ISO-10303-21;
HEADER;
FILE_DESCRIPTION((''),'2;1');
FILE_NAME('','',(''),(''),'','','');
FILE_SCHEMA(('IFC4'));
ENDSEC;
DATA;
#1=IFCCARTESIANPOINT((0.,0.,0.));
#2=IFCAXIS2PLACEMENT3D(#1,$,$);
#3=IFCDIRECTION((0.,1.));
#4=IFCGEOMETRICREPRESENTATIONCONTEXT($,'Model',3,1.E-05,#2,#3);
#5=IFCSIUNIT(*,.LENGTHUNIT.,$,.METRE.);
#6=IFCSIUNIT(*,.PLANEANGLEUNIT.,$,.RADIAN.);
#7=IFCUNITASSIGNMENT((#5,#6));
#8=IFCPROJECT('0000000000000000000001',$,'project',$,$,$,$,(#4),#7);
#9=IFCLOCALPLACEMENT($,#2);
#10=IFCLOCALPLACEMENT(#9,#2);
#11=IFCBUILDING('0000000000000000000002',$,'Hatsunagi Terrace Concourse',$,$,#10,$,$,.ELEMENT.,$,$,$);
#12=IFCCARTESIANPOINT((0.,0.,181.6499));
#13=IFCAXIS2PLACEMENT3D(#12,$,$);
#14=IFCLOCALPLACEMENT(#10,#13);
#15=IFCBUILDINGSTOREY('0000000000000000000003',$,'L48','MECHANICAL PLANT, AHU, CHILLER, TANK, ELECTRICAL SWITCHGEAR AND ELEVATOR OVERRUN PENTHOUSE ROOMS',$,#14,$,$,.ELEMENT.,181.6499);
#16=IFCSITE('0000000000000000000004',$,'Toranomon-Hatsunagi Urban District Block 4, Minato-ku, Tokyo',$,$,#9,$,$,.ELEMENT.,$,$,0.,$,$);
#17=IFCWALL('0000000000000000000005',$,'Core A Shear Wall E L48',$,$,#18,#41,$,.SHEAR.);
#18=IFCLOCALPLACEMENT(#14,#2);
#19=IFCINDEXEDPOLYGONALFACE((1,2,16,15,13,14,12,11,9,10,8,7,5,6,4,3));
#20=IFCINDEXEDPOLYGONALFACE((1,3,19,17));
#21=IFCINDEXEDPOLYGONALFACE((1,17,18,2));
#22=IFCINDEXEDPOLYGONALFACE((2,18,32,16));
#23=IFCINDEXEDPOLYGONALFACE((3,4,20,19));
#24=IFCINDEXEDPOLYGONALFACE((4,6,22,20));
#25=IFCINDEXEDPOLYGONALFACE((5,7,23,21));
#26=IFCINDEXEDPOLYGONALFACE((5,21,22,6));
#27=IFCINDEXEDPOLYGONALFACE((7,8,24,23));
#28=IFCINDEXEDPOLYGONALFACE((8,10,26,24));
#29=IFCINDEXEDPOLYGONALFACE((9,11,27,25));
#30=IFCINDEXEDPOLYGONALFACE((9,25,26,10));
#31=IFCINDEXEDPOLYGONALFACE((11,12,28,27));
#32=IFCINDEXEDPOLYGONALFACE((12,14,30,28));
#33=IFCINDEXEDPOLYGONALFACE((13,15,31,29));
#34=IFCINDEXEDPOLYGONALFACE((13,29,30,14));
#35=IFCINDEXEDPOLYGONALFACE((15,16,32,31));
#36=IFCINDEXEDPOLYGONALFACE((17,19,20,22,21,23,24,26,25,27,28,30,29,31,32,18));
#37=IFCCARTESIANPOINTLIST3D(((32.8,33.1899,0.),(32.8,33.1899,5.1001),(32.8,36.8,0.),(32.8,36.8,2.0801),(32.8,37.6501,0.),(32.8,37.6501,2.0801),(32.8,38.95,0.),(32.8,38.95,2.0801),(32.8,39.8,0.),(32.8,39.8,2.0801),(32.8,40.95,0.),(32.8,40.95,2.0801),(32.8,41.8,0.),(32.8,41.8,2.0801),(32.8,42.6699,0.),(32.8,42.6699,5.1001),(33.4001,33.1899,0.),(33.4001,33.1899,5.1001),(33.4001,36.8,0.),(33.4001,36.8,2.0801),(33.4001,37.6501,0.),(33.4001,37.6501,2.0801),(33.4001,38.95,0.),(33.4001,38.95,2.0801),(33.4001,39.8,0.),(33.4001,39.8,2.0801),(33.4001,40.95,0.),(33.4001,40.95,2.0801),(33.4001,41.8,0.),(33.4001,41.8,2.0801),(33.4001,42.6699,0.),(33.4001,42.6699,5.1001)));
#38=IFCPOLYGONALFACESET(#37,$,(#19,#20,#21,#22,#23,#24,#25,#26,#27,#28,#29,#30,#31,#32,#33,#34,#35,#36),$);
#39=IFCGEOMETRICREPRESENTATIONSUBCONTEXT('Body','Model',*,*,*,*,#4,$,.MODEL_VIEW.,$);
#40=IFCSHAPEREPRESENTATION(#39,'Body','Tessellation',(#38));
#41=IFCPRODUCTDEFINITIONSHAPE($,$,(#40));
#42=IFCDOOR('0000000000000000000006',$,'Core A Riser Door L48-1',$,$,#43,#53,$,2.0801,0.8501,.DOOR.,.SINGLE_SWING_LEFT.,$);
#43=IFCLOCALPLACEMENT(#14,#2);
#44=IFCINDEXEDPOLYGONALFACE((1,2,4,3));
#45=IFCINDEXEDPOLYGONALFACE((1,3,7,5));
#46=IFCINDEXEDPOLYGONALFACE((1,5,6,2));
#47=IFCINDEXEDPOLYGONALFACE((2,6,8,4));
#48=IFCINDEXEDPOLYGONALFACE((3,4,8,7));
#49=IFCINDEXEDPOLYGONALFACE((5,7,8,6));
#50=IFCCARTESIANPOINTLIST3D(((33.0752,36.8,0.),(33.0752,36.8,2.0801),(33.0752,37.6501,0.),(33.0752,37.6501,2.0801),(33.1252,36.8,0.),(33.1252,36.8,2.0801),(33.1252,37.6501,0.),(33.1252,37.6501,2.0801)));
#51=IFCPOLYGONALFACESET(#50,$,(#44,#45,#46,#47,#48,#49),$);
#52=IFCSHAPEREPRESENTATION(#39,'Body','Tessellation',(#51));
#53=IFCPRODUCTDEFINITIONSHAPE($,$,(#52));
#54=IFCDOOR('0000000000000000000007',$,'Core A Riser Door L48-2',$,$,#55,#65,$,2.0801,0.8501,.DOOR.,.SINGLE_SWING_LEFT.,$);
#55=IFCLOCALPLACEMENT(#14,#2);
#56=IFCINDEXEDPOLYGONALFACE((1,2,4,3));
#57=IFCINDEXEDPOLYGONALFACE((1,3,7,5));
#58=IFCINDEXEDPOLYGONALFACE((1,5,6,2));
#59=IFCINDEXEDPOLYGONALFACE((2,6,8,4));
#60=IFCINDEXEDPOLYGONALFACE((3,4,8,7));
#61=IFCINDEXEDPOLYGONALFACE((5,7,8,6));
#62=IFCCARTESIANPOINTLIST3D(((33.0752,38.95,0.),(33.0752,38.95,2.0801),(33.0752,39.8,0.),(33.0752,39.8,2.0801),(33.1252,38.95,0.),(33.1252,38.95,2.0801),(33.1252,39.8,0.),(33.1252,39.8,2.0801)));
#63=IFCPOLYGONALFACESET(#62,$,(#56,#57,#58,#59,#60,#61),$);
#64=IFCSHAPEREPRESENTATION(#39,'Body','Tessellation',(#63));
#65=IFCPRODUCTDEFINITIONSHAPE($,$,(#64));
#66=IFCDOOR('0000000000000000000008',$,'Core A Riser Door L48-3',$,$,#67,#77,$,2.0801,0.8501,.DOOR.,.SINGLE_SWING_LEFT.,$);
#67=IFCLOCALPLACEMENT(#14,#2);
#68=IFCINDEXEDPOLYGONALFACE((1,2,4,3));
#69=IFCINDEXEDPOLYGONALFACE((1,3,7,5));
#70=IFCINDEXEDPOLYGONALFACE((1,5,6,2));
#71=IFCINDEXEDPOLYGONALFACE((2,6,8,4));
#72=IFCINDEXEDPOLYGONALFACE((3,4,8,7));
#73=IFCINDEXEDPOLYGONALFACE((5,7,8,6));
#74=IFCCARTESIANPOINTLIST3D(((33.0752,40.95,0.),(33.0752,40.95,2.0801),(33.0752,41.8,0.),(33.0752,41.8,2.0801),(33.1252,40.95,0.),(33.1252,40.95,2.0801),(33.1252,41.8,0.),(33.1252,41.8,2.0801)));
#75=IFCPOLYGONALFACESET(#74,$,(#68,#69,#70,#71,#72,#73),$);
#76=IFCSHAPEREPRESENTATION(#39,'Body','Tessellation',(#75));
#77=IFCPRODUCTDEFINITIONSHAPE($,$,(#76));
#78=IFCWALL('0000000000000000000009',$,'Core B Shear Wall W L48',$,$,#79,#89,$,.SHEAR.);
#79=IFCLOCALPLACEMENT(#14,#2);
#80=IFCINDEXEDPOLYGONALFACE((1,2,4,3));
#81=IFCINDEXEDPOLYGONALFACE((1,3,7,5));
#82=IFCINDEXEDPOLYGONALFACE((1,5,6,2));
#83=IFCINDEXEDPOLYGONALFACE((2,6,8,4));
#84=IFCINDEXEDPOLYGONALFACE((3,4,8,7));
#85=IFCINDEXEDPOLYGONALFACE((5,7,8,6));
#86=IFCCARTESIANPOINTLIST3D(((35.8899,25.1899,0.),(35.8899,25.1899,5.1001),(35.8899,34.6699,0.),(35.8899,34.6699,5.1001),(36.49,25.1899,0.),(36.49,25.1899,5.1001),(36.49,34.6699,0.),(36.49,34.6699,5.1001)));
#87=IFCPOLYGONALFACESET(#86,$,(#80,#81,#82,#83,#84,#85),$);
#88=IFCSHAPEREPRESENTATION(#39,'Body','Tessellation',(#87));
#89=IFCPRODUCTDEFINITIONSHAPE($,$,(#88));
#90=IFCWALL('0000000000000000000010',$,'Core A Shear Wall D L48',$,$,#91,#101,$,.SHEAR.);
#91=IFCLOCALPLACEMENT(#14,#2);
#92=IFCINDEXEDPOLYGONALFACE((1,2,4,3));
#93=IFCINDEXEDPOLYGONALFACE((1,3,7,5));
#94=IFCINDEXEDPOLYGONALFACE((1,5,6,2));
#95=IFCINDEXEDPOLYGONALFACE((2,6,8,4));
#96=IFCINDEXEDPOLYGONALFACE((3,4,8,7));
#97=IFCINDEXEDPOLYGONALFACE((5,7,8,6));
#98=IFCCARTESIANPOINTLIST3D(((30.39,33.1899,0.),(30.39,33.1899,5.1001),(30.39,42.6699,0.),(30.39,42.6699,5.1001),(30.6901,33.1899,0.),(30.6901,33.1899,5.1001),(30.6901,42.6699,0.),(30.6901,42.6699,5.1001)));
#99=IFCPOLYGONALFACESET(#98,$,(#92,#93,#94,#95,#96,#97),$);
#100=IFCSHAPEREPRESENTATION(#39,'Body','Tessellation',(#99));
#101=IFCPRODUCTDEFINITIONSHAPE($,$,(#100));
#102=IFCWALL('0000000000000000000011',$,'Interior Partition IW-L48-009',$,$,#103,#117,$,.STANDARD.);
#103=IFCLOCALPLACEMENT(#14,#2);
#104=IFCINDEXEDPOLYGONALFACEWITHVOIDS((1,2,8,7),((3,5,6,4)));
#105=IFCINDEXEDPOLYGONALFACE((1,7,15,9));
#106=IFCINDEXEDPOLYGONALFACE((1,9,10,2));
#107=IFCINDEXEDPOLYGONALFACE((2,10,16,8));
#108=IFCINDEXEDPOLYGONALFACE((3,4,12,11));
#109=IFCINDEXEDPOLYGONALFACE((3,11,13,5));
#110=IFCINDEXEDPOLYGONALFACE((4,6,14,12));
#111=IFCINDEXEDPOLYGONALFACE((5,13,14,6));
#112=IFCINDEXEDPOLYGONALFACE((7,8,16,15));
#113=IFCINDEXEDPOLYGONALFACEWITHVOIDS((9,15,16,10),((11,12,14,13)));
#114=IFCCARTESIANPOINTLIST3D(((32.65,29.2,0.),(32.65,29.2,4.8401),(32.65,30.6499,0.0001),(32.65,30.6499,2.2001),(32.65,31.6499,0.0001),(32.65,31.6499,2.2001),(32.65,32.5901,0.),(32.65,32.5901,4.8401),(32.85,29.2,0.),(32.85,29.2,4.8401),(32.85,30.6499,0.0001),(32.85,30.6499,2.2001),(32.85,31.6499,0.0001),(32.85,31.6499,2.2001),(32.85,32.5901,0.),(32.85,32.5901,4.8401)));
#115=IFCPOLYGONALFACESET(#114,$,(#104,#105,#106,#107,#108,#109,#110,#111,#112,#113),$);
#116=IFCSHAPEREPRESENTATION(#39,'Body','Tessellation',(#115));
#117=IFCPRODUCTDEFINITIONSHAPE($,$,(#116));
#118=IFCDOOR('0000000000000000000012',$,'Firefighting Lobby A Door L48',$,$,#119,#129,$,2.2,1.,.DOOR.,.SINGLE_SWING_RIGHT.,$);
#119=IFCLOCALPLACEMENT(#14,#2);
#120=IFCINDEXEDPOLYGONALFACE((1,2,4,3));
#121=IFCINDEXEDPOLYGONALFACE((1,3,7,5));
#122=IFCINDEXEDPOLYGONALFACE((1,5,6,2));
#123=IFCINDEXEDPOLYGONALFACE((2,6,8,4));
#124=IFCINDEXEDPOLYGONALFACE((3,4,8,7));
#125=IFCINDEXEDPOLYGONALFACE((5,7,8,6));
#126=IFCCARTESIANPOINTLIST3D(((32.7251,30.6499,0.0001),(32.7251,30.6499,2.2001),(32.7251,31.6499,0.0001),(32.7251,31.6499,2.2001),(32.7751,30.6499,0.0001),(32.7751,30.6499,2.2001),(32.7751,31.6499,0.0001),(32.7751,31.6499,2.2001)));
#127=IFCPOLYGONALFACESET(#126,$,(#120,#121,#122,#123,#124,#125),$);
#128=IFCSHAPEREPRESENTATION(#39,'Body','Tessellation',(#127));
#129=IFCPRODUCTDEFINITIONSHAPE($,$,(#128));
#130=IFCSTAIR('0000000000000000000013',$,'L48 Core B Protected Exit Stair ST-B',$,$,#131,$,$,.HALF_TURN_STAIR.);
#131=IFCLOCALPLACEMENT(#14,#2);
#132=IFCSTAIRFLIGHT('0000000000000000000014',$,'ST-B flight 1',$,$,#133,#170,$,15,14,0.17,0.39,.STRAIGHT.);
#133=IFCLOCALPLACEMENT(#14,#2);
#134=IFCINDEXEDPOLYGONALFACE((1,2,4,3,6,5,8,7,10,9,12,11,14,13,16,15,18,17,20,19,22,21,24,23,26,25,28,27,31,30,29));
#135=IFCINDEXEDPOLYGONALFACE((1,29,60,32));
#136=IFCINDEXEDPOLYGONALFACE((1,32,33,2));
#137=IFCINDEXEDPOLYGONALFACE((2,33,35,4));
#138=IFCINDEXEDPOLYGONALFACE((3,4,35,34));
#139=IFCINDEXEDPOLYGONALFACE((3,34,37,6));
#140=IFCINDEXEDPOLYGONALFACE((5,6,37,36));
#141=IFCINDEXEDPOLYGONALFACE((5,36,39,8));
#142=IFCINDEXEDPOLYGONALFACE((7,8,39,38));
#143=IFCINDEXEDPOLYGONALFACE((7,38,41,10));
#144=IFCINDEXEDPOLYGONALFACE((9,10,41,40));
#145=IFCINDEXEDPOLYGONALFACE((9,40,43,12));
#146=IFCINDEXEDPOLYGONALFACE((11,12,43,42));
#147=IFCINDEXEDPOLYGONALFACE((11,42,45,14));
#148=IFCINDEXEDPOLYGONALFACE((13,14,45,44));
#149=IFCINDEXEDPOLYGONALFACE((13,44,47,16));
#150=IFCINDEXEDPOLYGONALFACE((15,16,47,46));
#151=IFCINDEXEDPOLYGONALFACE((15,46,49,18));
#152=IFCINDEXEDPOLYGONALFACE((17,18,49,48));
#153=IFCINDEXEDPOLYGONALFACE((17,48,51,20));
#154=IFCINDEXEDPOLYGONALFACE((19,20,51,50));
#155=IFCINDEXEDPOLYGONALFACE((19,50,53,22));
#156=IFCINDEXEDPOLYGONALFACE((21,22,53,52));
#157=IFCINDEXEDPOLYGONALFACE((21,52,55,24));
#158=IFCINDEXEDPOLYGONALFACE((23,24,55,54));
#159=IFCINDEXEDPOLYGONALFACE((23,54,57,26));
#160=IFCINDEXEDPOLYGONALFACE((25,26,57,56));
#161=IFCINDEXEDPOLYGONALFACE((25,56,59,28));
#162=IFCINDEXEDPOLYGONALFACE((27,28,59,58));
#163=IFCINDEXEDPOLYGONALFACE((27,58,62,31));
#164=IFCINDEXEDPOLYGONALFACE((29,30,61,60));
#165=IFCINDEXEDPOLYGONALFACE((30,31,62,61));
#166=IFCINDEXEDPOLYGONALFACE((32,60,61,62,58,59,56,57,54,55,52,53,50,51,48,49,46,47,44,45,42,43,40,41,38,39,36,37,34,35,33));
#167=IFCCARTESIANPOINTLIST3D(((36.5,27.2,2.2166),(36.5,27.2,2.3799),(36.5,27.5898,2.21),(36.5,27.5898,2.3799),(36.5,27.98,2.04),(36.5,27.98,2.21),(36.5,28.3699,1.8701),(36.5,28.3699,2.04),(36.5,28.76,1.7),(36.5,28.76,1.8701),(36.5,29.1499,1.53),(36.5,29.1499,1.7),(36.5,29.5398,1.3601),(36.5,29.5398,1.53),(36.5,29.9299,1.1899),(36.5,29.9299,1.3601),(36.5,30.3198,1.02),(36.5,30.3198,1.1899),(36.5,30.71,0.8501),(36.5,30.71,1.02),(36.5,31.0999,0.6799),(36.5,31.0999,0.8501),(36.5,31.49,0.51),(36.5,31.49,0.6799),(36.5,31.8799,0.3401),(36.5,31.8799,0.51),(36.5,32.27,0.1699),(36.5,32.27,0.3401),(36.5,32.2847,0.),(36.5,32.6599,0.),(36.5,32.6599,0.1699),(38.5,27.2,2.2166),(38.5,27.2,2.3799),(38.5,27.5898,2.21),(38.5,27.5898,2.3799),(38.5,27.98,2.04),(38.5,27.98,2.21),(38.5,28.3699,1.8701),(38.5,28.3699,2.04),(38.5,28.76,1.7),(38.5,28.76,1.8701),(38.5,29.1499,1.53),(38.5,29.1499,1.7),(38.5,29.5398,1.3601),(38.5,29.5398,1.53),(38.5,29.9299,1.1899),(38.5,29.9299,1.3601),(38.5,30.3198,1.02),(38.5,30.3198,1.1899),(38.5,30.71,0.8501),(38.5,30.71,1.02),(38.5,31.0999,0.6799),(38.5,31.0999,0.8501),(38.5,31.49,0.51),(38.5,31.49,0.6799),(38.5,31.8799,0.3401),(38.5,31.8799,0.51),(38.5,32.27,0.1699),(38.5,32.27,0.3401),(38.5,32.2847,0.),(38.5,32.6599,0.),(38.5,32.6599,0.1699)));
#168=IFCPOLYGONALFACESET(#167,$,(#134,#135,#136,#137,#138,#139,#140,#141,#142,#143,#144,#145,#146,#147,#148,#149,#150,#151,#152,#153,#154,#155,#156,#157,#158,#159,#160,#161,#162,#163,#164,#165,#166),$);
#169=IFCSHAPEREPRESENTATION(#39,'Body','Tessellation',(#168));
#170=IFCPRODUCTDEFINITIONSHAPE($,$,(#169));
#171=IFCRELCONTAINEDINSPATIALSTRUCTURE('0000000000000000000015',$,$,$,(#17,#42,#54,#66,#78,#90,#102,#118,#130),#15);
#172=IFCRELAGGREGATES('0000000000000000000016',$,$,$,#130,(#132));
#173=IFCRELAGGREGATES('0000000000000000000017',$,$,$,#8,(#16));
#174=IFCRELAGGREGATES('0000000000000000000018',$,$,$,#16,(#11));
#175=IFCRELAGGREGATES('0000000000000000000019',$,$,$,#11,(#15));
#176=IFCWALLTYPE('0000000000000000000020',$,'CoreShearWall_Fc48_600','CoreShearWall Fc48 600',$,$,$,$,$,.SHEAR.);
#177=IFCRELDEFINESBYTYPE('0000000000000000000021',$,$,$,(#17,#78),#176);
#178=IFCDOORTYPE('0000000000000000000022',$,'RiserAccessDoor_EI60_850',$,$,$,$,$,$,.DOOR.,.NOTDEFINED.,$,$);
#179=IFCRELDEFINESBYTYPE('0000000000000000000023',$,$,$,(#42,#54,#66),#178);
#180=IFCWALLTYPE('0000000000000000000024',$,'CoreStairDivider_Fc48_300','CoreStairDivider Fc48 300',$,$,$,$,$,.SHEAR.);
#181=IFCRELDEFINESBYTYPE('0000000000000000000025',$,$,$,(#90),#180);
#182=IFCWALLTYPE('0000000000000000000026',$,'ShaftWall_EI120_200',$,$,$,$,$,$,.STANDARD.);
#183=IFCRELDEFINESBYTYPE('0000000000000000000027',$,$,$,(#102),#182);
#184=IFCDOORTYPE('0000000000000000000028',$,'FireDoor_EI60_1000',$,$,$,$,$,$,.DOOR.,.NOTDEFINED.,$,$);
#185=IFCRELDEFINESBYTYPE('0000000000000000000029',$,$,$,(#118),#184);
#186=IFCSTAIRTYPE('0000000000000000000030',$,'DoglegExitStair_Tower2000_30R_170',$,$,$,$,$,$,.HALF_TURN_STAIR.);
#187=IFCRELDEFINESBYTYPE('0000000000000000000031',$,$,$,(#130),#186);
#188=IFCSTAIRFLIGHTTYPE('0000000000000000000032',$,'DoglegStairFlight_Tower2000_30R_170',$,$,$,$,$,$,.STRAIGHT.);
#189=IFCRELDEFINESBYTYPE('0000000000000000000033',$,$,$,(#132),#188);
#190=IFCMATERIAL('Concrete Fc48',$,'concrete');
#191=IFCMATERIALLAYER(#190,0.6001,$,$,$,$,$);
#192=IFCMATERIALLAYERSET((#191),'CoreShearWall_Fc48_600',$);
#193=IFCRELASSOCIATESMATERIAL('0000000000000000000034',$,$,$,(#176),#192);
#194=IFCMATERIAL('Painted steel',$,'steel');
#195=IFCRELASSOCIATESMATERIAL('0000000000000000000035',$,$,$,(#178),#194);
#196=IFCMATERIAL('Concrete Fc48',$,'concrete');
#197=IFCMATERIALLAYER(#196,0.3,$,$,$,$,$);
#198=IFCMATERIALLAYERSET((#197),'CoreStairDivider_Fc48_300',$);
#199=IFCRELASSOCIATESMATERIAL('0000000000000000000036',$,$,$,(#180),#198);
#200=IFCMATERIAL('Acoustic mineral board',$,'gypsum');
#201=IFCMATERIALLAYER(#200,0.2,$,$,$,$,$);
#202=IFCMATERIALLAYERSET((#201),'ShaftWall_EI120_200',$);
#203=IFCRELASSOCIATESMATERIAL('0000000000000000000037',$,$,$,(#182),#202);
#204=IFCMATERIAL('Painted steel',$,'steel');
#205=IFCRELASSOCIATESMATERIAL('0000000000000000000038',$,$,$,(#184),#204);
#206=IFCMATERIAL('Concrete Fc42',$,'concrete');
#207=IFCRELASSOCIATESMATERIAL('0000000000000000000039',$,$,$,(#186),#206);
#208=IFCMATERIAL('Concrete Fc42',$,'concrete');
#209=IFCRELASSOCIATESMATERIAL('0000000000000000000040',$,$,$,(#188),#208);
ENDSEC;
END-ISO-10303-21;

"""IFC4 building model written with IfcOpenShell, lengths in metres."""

from ifc_helpers import new_model, si_unit, direction, frame, frame_2d, origin, place, context, subcontext, project, spatial, polyline, rectangle, outline, extrude, material, layer, layer_set, type_object, element, fill, aggregate, save


model = new_model("IFC4")

# Units and contexts
model_context = context("Model", 3, precision=1e-05, world=origin(), true_north=direction((0.0, 1.0)))
body_context = subcontext(model_context, "Body", "Model", "MODEL_VIEW")
ifc_project = project(units=[si_unit("LENGTHUNIT", "METRE"), si_unit("PLANEANGLEUNIT", "RADIAN")], contexts=[model_context])

# Site, building, storey
site_placement = place(None, origin())
site = spatial("IfcSite", under=ifc_project, at=site_placement, Name="Toranomon-Hatsunagi Urban District Block 4, Minato-ku, Tokyo", CompositionType="ELEMENT", RefElevation=0.0)
building_placement = place(site_placement, origin())
building = spatial("IfcBuilding", under=site, at=building_placement, Name="Hatsunagi Terrace Concourse", CompositionType="ELEMENT")
storey_placement = place(building_placement, frame((0.0, 0.0, 181.6499)))
storey = spatial("IfcBuildingStorey", under=building, at=storey_placement, Name="L48", Description="MECHANICAL PLANT, AHU, CHILLER, TANK, ELECTRICAL SWITCHGEAR AND ELEVATOR OVERRUN PENTHOUSE ROOMS", CompositionType="ELEMENT", Elevation=181.6499)

# Wall, openings, doors
ifc_material_1 = material(Name="Concrete Fc48", Category="concrete")
ifc_layer_1 = layer(ifc_material_1, 0.6001)
ifc_layer_set_1 = layer_set([ifc_layer_1], Name="CoreShearWall_Fc48_600")
wall_type_1 = type_object("IfcWallType", Name="CoreShearWall_Fc48_600", Description="CoreShearWall Fc48 600", PredefinedType="SHEAR", material=ifc_layer_set_1)
wall_1_placement = place(storey_placement, frame((33.1001, 33.1899, 0.0), z_axis=(0.0, 0.0, 1.0), x_axis=(0.0, 1.0, 0.0)))
wall_1 = element("IfcWall", 1, at=wall_1_placement, inside=storey, type_object=wall_type_1, Name="Core A Shear Wall E L48", PredefinedType="SHEAR", context=body_context, shape_type="SweptSolid", body=[
    extrude(rectangle(XDim=9.48, YDim=0.6001, at=frame_2d((4.74, 0.0))), origin(), (0.0, 0.0, 1.0), 5.1001),
])
opening_1_placement = place(wall_1_placement, frame((3.6101, 0.0, 0.0)))
opening_1 = element("IfcOpeningElement", 2, at=opening_1_placement, cuts=wall_1, PredefinedType="OPENING", context=body_context, shape_type="SweptSolid", body=[
    extrude(rectangle(XDim=0.8501, YDim=2.0801, at=frame_2d((0.425, 1.04))), frame((0.0, 0.3101, 0.0), z_axis=(0.0, -1.0, 0.0), x_axis=(1.0, 0.0, 0.0)), (0.0, 0.0, 1.0), 0.6201),
])
opening_2_placement = place(wall_1_placement, frame((5.76, 0.0, 0.0)))
opening_2 = element("IfcOpeningElement", 3, at=opening_2_placement, cuts=wall_1, PredefinedType="OPENING", context=body_context, shape_type="SweptSolid", body=[
    extrude(rectangle(XDim=0.8501, YDim=2.0801, at=frame_2d((0.425, 1.04))), frame((0.0, 0.3101, 0.0), z_axis=(0.0, -1.0, 0.0), x_axis=(1.0, 0.0, 0.0)), (0.0, 0.0, 1.0), 0.6201),
])
opening_3_placement = place(wall_1_placement, frame((7.76, 0.0, 0.0)))
opening_3 = element("IfcOpeningElement", 4, at=opening_3_placement, cuts=wall_1, PredefinedType="OPENING", context=body_context, shape_type="SweptSolid", body=[
    extrude(rectangle(XDim=0.8501, YDim=2.0801, at=frame_2d((0.425, 1.04))), frame((0.0, 0.3101, 0.0), z_axis=(0.0, -1.0, 0.0), x_axis=(1.0, 0.0, 0.0)), (0.0, 0.0, 1.0), 0.6201),
])
ifc_material_2 = material(Name="Painted steel", Category="steel")
door_type_1 = type_object("IfcDoorType", Name="RiserAccessDoor_EI60_850", OperationType="NOTDEFINED", PredefinedType="DOOR", material=ifc_material_2)
door_1_placement = place(opening_1_placement, origin())
door_1 = element("IfcDoor", 5, at=door_1_placement, inside=storey, type_object=door_type_1, Name="Core A Riser Door L48-1", OperationType="SINGLE_SWING_LEFT", OverallHeight=2.0801, OverallWidth=0.8501, PredefinedType="DOOR", context=body_context, shape_type="SweptSolid", body=[
    extrude(rectangle(XDim=0.8501, YDim=2.0801, at=frame_2d((0.425, 1.04))), frame((0.0, 0.0249, 0.0), z_axis=(0.0, -1.0, 0.0), x_axis=(1.0, 0.0, 0.0)), (0.0, 0.0, 1.0), 0.05),
])
fill(opening_1, door_1)
door_2_placement = place(opening_2_placement, origin())
door_2 = element("IfcDoor", 6, at=door_2_placement, inside=storey, type_object=door_type_1, Name="Core A Riser Door L48-2", OperationType="SINGLE_SWING_LEFT", OverallHeight=2.0801, OverallWidth=0.8501, PredefinedType="DOOR", context=body_context, shape_type="SweptSolid", body=[
    extrude(rectangle(XDim=0.8501, YDim=2.0801, at=frame_2d((0.425, 1.04))), frame((0.0, 0.0249, 0.0), z_axis=(0.0, -1.0, 0.0), x_axis=(1.0, 0.0, 0.0)), (0.0, 0.0, 1.0), 0.05),
])
fill(opening_2, door_2)
door_3_placement = place(opening_3_placement, origin())
door_3 = element("IfcDoor", 7, at=door_3_placement, inside=storey, type_object=door_type_1, Name="Core A Riser Door L48-3", OperationType="SINGLE_SWING_LEFT", OverallHeight=2.0801, OverallWidth=0.8501, PredefinedType="DOOR", context=body_context, shape_type="SweptSolid", body=[
    extrude(rectangle(XDim=0.8501, YDim=2.0801, at=frame_2d((0.425, 1.04))), frame((0.0, 0.0249, 0.0), z_axis=(0.0, -1.0, 0.0), x_axis=(1.0, 0.0, 0.0)), (0.0, 0.0, 1.0), 0.05),
])
fill(opening_3, door_3)

# Walls
wall_2_placement = place(storey_placement, frame((36.1899, 25.1899, 0.0), z_axis=(0.0, 0.0, 1.0), x_axis=(0.0, 1.0, 0.0)))
element("IfcWall", 8, at=wall_2_placement, inside=storey, type_object=wall_type_1, Name="Core B Shear Wall W L48", PredefinedType="SHEAR", context=body_context, shape_type="SweptSolid", body=[
    extrude(rectangle(XDim=9.48, YDim=0.6001, at=frame_2d((4.74, 0.0))), origin(), (0.0, 0.0, 1.0), 5.1001),
])
ifc_material_3 = material(Name="Concrete Fc48", Category="concrete")
ifc_layer_2 = layer(ifc_material_3, 0.3)
ifc_layer_set_2 = layer_set([ifc_layer_2], Name="CoreStairDivider_Fc48_300")
wall_type_2 = type_object("IfcWallType", Name="CoreStairDivider_Fc48_300", Description="CoreStairDivider Fc48 300", PredefinedType="SHEAR", material=ifc_layer_set_2)
wall_3_placement = place(storey_placement, frame((30.54, 33.1899, 0.0), z_axis=(0.0, 0.0, 1.0), x_axis=(0.0, 1.0, 0.0)))
element("IfcWall", 9, at=wall_3_placement, inside=storey, type_object=wall_type_2, Name="Core A Shear Wall D L48", PredefinedType="SHEAR", context=body_context, shape_type="SweptSolid", body=[
    extrude(rectangle(XDim=9.48, YDim=0.3, at=frame_2d((4.74, 0.0))), origin(), (0.0, 0.0, 1.0), 5.1001),
])

# Wall, opening, door
ifc_material_4 = material(Name="Acoustic mineral board", Category="gypsum")
ifc_layer_3 = layer(ifc_material_4, 0.2)
ifc_layer_set_3 = layer_set([ifc_layer_3], Name="ShaftWall_EI120_200")
wall_type_3 = type_object("IfcWallType", Name="ShaftWall_EI120_200", PredefinedType="STANDARD", material=ifc_layer_set_3)
wall_4_placement = place(storey_placement, frame((32.75, 29.2, 0.0), z_axis=(0.0, 0.0, 1.0), x_axis=(0.0, 1.0, 0.0)))
wall_4 = element("IfcWall", 10, at=wall_4_placement, inside=storey, type_object=wall_type_3, Name="Interior Partition IW-L48-009", PredefinedType="STANDARD", context=body_context, shape_type="SweptSolid", body=[
    extrude(rectangle(XDim=3.3901, YDim=0.2, at=frame_2d((1.6951, 0.0))), origin(), (0.0, 0.0, 1.0), 4.8401),
])
opening_4_placement = place(wall_4_placement, frame((1.45, 0.0, 0.0)))
opening_4 = element("IfcOpeningElement", 11, at=opening_4_placement, cuts=wall_4, PredefinedType="OPENING", context=body_context, shape_type="SweptSolid", body=[
    extrude(rectangle(XDim=1.0, YDim=2.2, at=frame_2d((0.5, 1.1001))), frame((0.0, 0.1099, 0.0), z_axis=(0.0, -1.0, 0.0), x_axis=(1.0, 0.0, 0.0)), (0.0, 0.0, 1.0), 0.22),
])
ifc_material_5 = material(Name="Painted steel", Category="steel")
door_type_2 = type_object("IfcDoorType", Name="FireDoor_EI60_1000", OperationType="NOTDEFINED", PredefinedType="DOOR", material=ifc_material_5)
door_4_placement = place(opening_4_placement, origin())
door_4 = element("IfcDoor", 12, at=door_4_placement, inside=storey, type_object=door_type_2, Name="Firefighting Lobby A Door L48", OperationType="SINGLE_SWING_RIGHT", OverallHeight=2.2, OverallWidth=1.0, PredefinedType="DOOR", context=body_context, shape_type="SweptSolid", body=[
    extrude(rectangle(XDim=1.0, YDim=2.2, at=frame_2d((0.5, 1.1001))), frame((0.0, 0.0249, 0.0), z_axis=(0.0, -1.0, 0.0), x_axis=(1.0, 0.0, 0.0)), (0.0, 0.0, 1.0), 0.05),
])
fill(opening_4, door_4)

# Stair, stair flight
ifc_material_6 = material(Name="Concrete Fc42", Category="concrete")
stair_type = type_object("IfcStairType", Name="DoglegExitStair_Tower2000_30R_170", PredefinedType="HALF_TURN_STAIR", material=ifc_material_6)
stair_placement = place(storey_placement, origin())
stair = element("IfcStair", 13, at=stair_placement, inside=storey, type_object=stair_type, Name="L48 Core B Protected Exit Stair ST-B", PredefinedType="HALF_TURN_STAIR")
ifc_material_7 = material(Name="Concrete Fc42", Category="concrete")
stair_flight_type = type_object("IfcStairFlightType", Name="DoglegStairFlight_Tower2000_30R_170", PredefinedType="STRAIGHT", material=ifc_material_7)
stair_flight_1_placement = place(storey_placement, frame((37.5, 32.6599, 0.0), z_axis=(0.0, 0.0, 1.0), x_axis=(0.0, -1.0, 0.0)))
stair_flight_1 = element("IfcStairFlight", 14, at=stair_flight_1_placement, type_object=stair_flight_type, Name="ST-B flight 1", NumberOfRisers=15, NumberOfTreads=14, PredefinedType="STRAIGHT", RiserHeight=0.17, TreadLength=0.39, context=body_context, shape_type="SweptSolid", body=[
    extrude(outline(polyline([(0.0, 0.0), (0.0, 0.1699), (0.3899, 0.1699), (0.3899, 0.3401), (0.78, 0.3401), (0.78, 0.51), (1.1699, 0.51), (1.1699, 0.6799), (1.5601, 0.6799), (1.5601, 0.8501), (1.95, 0.8501), (1.95, 1.02), (2.3401, 1.02), (2.3401, 1.1899), (2.73, 1.1899), (2.73, 1.3601), (3.1201, 1.3601), (3.1201, 1.53), (3.51, 1.53), (3.51, 1.7), (3.8999, 1.7), (3.8999, 1.8701), (4.29, 1.8701), (4.29, 2.04), (4.6799, 2.04), (4.6799, 2.21), (5.0701, 2.21), (5.0701, 2.3799), (5.46, 2.3799), (5.46, 2.55), (5.46, 2.2166), (0.3752, 0.0), (0.0, 0.0)])), frame((0.0, 1.0, 0.0), z_axis=(0.0, -1.0, 0.0), x_axis=(1.0, 0.0, 0.0)), (0.0, 0.0, 1.0), 2.0),
])
aggregate(stair, [stair_flight_1])

save(model, "model.ifc")
